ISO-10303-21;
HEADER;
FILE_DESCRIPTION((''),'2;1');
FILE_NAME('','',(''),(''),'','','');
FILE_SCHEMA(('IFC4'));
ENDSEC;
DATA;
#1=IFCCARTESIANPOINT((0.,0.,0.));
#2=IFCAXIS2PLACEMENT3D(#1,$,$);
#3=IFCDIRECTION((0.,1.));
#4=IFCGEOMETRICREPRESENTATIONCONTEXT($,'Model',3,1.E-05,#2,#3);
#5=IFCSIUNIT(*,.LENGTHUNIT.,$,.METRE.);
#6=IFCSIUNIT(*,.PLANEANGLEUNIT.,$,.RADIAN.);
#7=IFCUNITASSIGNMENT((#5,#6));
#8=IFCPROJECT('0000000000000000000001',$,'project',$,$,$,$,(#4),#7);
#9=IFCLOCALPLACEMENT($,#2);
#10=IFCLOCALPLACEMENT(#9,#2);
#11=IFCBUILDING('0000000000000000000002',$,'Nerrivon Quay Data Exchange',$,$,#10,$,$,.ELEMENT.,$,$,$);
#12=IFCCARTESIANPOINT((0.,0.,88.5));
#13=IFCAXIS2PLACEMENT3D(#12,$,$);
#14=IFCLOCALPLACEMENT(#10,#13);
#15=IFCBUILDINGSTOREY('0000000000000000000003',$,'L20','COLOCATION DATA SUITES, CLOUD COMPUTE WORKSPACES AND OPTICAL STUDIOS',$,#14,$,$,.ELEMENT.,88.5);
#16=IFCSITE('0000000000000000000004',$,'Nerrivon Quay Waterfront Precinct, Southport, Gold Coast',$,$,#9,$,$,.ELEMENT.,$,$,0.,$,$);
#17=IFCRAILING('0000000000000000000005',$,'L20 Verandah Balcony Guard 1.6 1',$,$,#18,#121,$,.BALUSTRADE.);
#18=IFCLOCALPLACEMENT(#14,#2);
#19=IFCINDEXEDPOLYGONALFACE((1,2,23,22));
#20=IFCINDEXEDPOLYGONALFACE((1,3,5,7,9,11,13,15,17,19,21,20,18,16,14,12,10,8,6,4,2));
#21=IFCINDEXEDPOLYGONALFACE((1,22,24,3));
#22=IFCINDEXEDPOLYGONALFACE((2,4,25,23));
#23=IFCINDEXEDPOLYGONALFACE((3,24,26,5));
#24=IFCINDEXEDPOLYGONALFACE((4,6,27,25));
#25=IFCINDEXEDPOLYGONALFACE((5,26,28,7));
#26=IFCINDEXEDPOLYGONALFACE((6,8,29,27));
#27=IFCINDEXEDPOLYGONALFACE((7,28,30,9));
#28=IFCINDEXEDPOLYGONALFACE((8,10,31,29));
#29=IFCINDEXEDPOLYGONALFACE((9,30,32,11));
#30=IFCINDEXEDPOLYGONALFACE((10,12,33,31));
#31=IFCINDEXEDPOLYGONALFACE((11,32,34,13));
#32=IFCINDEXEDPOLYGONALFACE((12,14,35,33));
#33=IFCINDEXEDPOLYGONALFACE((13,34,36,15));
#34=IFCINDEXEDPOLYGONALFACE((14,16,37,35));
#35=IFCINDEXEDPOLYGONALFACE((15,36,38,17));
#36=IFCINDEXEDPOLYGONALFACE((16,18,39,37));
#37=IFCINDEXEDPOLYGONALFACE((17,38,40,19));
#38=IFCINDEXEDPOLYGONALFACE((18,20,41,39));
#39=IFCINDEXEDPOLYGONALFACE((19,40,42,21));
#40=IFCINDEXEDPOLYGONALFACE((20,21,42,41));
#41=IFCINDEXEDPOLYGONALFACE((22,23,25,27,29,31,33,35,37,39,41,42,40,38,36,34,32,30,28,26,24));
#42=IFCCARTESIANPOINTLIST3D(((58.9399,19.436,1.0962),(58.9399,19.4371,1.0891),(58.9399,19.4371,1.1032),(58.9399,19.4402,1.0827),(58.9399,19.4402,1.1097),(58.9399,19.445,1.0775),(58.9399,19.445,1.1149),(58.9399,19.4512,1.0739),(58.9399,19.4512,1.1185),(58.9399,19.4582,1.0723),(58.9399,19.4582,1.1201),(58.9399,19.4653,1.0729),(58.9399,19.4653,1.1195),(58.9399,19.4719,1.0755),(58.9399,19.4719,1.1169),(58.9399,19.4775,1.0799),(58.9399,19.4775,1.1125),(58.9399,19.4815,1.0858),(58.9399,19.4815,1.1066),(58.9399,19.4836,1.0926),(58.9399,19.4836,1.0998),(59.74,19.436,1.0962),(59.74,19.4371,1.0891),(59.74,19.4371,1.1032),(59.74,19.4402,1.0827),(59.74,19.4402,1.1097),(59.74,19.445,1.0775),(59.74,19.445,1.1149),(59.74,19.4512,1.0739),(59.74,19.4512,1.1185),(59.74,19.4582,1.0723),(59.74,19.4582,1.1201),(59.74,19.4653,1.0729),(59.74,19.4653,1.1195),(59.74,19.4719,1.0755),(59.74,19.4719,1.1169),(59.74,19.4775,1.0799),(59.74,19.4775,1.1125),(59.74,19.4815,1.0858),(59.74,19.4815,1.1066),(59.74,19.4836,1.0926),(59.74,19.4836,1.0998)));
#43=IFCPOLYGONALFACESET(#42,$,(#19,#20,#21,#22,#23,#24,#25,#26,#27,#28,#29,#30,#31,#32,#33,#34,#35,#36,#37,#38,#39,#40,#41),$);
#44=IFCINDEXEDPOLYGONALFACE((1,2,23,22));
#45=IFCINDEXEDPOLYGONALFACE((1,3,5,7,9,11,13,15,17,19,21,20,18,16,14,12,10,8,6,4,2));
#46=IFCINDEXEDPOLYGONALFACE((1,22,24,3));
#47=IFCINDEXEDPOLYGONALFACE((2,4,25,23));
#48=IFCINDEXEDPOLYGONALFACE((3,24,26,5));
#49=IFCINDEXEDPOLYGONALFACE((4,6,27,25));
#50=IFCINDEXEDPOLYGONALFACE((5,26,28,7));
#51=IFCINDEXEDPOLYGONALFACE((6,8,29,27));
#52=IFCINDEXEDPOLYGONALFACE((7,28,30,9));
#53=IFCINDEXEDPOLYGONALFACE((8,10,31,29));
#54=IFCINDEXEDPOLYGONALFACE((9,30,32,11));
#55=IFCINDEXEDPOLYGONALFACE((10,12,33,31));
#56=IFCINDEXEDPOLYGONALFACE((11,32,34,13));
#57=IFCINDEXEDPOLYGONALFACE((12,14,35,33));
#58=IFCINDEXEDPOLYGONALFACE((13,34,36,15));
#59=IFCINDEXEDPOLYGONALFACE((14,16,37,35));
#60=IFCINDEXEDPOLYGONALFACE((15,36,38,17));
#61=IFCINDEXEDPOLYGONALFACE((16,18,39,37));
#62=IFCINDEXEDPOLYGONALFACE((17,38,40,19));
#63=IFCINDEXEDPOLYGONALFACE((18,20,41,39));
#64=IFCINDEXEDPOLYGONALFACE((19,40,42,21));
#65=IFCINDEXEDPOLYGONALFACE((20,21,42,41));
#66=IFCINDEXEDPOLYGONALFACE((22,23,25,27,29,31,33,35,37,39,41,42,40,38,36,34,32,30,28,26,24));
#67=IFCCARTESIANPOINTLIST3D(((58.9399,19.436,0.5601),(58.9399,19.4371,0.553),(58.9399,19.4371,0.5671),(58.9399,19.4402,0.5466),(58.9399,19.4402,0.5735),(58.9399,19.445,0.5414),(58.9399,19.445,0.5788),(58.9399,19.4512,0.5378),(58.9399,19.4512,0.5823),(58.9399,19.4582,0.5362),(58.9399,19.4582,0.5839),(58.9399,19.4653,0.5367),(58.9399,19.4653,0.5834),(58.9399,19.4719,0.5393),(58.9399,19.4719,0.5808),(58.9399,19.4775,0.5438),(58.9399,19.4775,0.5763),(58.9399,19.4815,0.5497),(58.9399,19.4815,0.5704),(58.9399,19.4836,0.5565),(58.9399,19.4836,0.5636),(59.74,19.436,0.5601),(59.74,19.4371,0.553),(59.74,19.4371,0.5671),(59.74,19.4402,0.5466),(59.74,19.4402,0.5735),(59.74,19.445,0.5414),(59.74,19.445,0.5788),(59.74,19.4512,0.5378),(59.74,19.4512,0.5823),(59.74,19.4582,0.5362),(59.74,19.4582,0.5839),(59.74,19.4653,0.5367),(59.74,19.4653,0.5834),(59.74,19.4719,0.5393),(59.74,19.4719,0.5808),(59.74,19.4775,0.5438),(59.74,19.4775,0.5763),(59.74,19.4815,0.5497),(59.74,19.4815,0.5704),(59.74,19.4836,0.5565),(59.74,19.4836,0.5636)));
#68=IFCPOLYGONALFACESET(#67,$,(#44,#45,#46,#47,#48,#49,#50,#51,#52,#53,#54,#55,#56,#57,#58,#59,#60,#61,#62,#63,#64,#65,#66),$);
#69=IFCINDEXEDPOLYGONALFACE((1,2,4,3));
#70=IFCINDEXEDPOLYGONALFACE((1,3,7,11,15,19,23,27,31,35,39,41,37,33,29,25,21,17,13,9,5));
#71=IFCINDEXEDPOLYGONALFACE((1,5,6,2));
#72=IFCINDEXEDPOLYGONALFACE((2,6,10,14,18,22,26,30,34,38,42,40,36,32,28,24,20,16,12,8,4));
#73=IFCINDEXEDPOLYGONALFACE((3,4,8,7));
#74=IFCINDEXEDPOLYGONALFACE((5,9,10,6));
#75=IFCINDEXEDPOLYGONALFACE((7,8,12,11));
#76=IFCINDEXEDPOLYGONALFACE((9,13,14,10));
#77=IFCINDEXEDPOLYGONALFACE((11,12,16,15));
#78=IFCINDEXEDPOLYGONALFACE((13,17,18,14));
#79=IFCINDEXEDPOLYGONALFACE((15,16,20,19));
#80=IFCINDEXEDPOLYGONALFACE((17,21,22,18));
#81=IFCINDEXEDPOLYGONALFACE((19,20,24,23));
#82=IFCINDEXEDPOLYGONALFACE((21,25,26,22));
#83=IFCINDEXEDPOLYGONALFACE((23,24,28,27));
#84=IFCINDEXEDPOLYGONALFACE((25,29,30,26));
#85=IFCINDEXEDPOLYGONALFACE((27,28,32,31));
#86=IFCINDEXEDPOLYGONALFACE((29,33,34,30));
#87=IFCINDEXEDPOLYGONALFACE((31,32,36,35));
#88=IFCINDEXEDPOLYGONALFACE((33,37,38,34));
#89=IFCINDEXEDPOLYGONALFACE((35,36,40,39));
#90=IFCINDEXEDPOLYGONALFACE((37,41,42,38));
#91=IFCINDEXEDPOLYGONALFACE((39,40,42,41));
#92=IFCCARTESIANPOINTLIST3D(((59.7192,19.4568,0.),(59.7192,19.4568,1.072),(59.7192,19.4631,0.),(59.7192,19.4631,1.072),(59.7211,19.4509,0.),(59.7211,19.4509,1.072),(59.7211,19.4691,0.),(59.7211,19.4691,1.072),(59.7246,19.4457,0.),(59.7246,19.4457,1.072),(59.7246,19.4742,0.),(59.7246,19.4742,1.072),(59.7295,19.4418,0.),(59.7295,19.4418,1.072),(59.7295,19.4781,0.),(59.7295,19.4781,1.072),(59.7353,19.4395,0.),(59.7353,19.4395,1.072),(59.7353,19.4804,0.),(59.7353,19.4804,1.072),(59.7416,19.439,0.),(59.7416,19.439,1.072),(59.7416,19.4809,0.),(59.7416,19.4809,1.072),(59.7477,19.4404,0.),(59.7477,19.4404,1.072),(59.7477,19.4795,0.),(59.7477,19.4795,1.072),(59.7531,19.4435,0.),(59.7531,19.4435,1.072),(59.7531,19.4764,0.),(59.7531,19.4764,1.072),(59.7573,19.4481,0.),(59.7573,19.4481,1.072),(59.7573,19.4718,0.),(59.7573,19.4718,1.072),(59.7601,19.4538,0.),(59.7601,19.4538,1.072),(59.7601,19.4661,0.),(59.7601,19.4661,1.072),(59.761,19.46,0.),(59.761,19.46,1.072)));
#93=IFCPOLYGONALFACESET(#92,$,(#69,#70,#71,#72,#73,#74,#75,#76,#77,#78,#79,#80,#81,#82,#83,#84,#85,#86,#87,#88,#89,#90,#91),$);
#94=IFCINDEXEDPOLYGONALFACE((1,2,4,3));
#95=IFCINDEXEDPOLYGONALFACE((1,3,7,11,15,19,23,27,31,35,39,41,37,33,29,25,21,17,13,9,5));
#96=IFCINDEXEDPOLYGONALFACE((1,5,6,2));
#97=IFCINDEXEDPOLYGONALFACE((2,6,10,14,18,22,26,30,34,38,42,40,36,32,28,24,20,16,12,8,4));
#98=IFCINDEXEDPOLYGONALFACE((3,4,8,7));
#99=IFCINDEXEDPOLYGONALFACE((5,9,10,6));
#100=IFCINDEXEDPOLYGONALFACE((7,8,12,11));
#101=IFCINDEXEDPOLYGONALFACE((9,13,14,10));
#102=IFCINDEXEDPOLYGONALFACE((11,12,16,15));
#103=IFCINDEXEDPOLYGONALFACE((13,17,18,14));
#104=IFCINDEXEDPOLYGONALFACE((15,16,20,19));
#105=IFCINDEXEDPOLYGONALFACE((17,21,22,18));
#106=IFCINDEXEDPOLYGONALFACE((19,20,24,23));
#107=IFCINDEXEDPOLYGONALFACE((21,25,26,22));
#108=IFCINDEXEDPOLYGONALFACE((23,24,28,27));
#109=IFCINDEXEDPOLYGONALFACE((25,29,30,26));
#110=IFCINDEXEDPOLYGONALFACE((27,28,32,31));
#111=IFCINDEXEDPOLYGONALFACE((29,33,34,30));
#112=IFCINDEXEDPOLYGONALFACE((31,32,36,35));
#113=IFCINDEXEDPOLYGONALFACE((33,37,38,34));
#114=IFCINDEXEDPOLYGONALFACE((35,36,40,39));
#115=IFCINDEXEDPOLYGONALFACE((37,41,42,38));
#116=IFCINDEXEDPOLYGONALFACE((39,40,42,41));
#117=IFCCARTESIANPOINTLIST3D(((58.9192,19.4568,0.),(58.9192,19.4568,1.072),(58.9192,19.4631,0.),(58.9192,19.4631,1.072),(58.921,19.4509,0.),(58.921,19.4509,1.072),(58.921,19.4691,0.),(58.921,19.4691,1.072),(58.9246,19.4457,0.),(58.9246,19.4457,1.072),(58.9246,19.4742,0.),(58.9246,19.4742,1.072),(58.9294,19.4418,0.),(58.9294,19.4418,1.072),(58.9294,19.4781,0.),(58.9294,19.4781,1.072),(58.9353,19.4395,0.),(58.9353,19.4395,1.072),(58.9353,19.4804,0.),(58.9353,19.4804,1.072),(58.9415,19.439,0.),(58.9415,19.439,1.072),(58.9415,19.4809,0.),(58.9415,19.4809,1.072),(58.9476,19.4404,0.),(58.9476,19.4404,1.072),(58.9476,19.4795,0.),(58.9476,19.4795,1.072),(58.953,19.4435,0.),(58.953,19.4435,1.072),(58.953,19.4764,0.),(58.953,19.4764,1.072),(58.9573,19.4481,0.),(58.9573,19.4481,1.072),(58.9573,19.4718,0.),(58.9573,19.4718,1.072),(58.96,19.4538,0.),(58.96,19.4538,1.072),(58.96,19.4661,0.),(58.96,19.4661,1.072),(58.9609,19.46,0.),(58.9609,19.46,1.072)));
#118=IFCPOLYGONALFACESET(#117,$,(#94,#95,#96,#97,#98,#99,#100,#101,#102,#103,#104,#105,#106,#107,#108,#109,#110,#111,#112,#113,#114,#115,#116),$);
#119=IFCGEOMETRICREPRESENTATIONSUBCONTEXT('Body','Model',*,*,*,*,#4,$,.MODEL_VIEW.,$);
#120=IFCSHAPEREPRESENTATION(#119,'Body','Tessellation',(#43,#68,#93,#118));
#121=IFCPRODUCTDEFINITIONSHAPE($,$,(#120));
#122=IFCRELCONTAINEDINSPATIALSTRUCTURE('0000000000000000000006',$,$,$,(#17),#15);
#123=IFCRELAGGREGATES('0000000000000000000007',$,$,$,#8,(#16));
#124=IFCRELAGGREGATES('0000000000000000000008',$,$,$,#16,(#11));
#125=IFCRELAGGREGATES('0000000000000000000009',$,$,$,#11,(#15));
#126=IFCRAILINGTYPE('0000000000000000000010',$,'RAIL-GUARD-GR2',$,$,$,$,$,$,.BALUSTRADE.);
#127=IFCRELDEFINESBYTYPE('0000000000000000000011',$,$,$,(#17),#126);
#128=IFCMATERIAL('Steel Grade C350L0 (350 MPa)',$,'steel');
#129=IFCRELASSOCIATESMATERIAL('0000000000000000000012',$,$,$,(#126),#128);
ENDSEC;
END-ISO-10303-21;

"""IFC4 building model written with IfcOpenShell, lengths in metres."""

from ifc_helpers import new_model, si_unit, direction, frame, origin, origin_2d, place, context, subcontext, project, spatial, circle, extrude, material, type_object, element, save


model = new_model("IFC4")

# Units and contexts
model_context = context("Model", 3, precision=1e-05, world=origin(), true_north=direction((0.0, 1.0)))
body_context = subcontext(model_context, "Body", "Model", "MODEL_VIEW")
ifc_project = project(units=[si_unit("LENGTHUNIT", "METRE"), si_unit("PLANEANGLEUNIT", "RADIAN")], contexts=[model_context])

# Site, building, storey
site_placement = place(None, origin())
site = spatial("IfcSite", under=ifc_project, at=site_placement, Name="Nerrivon Quay Waterfront Precinct, Southport, Gold Coast", CompositionType="ELEMENT", RefElevation=0.0)
building_placement = place(site_placement, origin())
building = spatial("IfcBuilding", under=site, at=building_placement, Name="Nerrivon Quay Data Exchange", CompositionType="ELEMENT")
storey_placement = place(building_placement, frame((0.0, 0.0, 88.5)))
storey = spatial("IfcBuildingStorey", under=building, at=storey_placement, Name="L20", Description="COLOCATION DATA SUITES, CLOUD COMPUTE WORKSPACES AND OPTICAL STUDIOS", CompositionType="ELEMENT", Elevation=88.5)

# Railing
ifc_material_1 = material(Name="Steel Grade C350L0 (350 MPa)", Category="steel")
railing_type = type_object("IfcRailingType", Name="RAIL-GUARD-GR2", PredefinedType="BALUSTRADE", material=ifc_material_1)
railing_1_placement = place(storey_placement, frame((59.74, 19.46, 0.0)))
element("IfcRailing", 1, at=railing_1_placement, inside=storey, type_object=railing_type, Name="L20 Verandah Balcony Guard 1.6 1", PredefinedType="BALUSTRADE", context=body_context, shape_type="SweptSolid", body=[
    extrude(circle(Radius=0.0239, at=origin_2d()), frame((0.0, 0.0, 1.0962), z_axis=(-1.0, 0.0, 0.0), x_axis=(0.0, -1.0, 0.0)), (0.0, 0.0, 1.0), 0.8),
    extrude(circle(Radius=0.0239, at=origin_2d()), frame((0.0, 0.0, 0.5601), z_axis=(-1.0, 0.0, 0.0), x_axis=(0.0, -1.0, 0.0)), (0.0, 0.0, 1.0), 0.8),
    extrude(circle(Radius=0.021, at=origin_2d()), origin(), (0.0, 0.0, 1.0), 1.072),
    extrude(circle(Radius=0.021, at=origin_2d()), frame((-0.8, 0.0, 0.0)), (0.0, 0.0, 1.0), 1.072),
])

save(model, "model.ifc")
